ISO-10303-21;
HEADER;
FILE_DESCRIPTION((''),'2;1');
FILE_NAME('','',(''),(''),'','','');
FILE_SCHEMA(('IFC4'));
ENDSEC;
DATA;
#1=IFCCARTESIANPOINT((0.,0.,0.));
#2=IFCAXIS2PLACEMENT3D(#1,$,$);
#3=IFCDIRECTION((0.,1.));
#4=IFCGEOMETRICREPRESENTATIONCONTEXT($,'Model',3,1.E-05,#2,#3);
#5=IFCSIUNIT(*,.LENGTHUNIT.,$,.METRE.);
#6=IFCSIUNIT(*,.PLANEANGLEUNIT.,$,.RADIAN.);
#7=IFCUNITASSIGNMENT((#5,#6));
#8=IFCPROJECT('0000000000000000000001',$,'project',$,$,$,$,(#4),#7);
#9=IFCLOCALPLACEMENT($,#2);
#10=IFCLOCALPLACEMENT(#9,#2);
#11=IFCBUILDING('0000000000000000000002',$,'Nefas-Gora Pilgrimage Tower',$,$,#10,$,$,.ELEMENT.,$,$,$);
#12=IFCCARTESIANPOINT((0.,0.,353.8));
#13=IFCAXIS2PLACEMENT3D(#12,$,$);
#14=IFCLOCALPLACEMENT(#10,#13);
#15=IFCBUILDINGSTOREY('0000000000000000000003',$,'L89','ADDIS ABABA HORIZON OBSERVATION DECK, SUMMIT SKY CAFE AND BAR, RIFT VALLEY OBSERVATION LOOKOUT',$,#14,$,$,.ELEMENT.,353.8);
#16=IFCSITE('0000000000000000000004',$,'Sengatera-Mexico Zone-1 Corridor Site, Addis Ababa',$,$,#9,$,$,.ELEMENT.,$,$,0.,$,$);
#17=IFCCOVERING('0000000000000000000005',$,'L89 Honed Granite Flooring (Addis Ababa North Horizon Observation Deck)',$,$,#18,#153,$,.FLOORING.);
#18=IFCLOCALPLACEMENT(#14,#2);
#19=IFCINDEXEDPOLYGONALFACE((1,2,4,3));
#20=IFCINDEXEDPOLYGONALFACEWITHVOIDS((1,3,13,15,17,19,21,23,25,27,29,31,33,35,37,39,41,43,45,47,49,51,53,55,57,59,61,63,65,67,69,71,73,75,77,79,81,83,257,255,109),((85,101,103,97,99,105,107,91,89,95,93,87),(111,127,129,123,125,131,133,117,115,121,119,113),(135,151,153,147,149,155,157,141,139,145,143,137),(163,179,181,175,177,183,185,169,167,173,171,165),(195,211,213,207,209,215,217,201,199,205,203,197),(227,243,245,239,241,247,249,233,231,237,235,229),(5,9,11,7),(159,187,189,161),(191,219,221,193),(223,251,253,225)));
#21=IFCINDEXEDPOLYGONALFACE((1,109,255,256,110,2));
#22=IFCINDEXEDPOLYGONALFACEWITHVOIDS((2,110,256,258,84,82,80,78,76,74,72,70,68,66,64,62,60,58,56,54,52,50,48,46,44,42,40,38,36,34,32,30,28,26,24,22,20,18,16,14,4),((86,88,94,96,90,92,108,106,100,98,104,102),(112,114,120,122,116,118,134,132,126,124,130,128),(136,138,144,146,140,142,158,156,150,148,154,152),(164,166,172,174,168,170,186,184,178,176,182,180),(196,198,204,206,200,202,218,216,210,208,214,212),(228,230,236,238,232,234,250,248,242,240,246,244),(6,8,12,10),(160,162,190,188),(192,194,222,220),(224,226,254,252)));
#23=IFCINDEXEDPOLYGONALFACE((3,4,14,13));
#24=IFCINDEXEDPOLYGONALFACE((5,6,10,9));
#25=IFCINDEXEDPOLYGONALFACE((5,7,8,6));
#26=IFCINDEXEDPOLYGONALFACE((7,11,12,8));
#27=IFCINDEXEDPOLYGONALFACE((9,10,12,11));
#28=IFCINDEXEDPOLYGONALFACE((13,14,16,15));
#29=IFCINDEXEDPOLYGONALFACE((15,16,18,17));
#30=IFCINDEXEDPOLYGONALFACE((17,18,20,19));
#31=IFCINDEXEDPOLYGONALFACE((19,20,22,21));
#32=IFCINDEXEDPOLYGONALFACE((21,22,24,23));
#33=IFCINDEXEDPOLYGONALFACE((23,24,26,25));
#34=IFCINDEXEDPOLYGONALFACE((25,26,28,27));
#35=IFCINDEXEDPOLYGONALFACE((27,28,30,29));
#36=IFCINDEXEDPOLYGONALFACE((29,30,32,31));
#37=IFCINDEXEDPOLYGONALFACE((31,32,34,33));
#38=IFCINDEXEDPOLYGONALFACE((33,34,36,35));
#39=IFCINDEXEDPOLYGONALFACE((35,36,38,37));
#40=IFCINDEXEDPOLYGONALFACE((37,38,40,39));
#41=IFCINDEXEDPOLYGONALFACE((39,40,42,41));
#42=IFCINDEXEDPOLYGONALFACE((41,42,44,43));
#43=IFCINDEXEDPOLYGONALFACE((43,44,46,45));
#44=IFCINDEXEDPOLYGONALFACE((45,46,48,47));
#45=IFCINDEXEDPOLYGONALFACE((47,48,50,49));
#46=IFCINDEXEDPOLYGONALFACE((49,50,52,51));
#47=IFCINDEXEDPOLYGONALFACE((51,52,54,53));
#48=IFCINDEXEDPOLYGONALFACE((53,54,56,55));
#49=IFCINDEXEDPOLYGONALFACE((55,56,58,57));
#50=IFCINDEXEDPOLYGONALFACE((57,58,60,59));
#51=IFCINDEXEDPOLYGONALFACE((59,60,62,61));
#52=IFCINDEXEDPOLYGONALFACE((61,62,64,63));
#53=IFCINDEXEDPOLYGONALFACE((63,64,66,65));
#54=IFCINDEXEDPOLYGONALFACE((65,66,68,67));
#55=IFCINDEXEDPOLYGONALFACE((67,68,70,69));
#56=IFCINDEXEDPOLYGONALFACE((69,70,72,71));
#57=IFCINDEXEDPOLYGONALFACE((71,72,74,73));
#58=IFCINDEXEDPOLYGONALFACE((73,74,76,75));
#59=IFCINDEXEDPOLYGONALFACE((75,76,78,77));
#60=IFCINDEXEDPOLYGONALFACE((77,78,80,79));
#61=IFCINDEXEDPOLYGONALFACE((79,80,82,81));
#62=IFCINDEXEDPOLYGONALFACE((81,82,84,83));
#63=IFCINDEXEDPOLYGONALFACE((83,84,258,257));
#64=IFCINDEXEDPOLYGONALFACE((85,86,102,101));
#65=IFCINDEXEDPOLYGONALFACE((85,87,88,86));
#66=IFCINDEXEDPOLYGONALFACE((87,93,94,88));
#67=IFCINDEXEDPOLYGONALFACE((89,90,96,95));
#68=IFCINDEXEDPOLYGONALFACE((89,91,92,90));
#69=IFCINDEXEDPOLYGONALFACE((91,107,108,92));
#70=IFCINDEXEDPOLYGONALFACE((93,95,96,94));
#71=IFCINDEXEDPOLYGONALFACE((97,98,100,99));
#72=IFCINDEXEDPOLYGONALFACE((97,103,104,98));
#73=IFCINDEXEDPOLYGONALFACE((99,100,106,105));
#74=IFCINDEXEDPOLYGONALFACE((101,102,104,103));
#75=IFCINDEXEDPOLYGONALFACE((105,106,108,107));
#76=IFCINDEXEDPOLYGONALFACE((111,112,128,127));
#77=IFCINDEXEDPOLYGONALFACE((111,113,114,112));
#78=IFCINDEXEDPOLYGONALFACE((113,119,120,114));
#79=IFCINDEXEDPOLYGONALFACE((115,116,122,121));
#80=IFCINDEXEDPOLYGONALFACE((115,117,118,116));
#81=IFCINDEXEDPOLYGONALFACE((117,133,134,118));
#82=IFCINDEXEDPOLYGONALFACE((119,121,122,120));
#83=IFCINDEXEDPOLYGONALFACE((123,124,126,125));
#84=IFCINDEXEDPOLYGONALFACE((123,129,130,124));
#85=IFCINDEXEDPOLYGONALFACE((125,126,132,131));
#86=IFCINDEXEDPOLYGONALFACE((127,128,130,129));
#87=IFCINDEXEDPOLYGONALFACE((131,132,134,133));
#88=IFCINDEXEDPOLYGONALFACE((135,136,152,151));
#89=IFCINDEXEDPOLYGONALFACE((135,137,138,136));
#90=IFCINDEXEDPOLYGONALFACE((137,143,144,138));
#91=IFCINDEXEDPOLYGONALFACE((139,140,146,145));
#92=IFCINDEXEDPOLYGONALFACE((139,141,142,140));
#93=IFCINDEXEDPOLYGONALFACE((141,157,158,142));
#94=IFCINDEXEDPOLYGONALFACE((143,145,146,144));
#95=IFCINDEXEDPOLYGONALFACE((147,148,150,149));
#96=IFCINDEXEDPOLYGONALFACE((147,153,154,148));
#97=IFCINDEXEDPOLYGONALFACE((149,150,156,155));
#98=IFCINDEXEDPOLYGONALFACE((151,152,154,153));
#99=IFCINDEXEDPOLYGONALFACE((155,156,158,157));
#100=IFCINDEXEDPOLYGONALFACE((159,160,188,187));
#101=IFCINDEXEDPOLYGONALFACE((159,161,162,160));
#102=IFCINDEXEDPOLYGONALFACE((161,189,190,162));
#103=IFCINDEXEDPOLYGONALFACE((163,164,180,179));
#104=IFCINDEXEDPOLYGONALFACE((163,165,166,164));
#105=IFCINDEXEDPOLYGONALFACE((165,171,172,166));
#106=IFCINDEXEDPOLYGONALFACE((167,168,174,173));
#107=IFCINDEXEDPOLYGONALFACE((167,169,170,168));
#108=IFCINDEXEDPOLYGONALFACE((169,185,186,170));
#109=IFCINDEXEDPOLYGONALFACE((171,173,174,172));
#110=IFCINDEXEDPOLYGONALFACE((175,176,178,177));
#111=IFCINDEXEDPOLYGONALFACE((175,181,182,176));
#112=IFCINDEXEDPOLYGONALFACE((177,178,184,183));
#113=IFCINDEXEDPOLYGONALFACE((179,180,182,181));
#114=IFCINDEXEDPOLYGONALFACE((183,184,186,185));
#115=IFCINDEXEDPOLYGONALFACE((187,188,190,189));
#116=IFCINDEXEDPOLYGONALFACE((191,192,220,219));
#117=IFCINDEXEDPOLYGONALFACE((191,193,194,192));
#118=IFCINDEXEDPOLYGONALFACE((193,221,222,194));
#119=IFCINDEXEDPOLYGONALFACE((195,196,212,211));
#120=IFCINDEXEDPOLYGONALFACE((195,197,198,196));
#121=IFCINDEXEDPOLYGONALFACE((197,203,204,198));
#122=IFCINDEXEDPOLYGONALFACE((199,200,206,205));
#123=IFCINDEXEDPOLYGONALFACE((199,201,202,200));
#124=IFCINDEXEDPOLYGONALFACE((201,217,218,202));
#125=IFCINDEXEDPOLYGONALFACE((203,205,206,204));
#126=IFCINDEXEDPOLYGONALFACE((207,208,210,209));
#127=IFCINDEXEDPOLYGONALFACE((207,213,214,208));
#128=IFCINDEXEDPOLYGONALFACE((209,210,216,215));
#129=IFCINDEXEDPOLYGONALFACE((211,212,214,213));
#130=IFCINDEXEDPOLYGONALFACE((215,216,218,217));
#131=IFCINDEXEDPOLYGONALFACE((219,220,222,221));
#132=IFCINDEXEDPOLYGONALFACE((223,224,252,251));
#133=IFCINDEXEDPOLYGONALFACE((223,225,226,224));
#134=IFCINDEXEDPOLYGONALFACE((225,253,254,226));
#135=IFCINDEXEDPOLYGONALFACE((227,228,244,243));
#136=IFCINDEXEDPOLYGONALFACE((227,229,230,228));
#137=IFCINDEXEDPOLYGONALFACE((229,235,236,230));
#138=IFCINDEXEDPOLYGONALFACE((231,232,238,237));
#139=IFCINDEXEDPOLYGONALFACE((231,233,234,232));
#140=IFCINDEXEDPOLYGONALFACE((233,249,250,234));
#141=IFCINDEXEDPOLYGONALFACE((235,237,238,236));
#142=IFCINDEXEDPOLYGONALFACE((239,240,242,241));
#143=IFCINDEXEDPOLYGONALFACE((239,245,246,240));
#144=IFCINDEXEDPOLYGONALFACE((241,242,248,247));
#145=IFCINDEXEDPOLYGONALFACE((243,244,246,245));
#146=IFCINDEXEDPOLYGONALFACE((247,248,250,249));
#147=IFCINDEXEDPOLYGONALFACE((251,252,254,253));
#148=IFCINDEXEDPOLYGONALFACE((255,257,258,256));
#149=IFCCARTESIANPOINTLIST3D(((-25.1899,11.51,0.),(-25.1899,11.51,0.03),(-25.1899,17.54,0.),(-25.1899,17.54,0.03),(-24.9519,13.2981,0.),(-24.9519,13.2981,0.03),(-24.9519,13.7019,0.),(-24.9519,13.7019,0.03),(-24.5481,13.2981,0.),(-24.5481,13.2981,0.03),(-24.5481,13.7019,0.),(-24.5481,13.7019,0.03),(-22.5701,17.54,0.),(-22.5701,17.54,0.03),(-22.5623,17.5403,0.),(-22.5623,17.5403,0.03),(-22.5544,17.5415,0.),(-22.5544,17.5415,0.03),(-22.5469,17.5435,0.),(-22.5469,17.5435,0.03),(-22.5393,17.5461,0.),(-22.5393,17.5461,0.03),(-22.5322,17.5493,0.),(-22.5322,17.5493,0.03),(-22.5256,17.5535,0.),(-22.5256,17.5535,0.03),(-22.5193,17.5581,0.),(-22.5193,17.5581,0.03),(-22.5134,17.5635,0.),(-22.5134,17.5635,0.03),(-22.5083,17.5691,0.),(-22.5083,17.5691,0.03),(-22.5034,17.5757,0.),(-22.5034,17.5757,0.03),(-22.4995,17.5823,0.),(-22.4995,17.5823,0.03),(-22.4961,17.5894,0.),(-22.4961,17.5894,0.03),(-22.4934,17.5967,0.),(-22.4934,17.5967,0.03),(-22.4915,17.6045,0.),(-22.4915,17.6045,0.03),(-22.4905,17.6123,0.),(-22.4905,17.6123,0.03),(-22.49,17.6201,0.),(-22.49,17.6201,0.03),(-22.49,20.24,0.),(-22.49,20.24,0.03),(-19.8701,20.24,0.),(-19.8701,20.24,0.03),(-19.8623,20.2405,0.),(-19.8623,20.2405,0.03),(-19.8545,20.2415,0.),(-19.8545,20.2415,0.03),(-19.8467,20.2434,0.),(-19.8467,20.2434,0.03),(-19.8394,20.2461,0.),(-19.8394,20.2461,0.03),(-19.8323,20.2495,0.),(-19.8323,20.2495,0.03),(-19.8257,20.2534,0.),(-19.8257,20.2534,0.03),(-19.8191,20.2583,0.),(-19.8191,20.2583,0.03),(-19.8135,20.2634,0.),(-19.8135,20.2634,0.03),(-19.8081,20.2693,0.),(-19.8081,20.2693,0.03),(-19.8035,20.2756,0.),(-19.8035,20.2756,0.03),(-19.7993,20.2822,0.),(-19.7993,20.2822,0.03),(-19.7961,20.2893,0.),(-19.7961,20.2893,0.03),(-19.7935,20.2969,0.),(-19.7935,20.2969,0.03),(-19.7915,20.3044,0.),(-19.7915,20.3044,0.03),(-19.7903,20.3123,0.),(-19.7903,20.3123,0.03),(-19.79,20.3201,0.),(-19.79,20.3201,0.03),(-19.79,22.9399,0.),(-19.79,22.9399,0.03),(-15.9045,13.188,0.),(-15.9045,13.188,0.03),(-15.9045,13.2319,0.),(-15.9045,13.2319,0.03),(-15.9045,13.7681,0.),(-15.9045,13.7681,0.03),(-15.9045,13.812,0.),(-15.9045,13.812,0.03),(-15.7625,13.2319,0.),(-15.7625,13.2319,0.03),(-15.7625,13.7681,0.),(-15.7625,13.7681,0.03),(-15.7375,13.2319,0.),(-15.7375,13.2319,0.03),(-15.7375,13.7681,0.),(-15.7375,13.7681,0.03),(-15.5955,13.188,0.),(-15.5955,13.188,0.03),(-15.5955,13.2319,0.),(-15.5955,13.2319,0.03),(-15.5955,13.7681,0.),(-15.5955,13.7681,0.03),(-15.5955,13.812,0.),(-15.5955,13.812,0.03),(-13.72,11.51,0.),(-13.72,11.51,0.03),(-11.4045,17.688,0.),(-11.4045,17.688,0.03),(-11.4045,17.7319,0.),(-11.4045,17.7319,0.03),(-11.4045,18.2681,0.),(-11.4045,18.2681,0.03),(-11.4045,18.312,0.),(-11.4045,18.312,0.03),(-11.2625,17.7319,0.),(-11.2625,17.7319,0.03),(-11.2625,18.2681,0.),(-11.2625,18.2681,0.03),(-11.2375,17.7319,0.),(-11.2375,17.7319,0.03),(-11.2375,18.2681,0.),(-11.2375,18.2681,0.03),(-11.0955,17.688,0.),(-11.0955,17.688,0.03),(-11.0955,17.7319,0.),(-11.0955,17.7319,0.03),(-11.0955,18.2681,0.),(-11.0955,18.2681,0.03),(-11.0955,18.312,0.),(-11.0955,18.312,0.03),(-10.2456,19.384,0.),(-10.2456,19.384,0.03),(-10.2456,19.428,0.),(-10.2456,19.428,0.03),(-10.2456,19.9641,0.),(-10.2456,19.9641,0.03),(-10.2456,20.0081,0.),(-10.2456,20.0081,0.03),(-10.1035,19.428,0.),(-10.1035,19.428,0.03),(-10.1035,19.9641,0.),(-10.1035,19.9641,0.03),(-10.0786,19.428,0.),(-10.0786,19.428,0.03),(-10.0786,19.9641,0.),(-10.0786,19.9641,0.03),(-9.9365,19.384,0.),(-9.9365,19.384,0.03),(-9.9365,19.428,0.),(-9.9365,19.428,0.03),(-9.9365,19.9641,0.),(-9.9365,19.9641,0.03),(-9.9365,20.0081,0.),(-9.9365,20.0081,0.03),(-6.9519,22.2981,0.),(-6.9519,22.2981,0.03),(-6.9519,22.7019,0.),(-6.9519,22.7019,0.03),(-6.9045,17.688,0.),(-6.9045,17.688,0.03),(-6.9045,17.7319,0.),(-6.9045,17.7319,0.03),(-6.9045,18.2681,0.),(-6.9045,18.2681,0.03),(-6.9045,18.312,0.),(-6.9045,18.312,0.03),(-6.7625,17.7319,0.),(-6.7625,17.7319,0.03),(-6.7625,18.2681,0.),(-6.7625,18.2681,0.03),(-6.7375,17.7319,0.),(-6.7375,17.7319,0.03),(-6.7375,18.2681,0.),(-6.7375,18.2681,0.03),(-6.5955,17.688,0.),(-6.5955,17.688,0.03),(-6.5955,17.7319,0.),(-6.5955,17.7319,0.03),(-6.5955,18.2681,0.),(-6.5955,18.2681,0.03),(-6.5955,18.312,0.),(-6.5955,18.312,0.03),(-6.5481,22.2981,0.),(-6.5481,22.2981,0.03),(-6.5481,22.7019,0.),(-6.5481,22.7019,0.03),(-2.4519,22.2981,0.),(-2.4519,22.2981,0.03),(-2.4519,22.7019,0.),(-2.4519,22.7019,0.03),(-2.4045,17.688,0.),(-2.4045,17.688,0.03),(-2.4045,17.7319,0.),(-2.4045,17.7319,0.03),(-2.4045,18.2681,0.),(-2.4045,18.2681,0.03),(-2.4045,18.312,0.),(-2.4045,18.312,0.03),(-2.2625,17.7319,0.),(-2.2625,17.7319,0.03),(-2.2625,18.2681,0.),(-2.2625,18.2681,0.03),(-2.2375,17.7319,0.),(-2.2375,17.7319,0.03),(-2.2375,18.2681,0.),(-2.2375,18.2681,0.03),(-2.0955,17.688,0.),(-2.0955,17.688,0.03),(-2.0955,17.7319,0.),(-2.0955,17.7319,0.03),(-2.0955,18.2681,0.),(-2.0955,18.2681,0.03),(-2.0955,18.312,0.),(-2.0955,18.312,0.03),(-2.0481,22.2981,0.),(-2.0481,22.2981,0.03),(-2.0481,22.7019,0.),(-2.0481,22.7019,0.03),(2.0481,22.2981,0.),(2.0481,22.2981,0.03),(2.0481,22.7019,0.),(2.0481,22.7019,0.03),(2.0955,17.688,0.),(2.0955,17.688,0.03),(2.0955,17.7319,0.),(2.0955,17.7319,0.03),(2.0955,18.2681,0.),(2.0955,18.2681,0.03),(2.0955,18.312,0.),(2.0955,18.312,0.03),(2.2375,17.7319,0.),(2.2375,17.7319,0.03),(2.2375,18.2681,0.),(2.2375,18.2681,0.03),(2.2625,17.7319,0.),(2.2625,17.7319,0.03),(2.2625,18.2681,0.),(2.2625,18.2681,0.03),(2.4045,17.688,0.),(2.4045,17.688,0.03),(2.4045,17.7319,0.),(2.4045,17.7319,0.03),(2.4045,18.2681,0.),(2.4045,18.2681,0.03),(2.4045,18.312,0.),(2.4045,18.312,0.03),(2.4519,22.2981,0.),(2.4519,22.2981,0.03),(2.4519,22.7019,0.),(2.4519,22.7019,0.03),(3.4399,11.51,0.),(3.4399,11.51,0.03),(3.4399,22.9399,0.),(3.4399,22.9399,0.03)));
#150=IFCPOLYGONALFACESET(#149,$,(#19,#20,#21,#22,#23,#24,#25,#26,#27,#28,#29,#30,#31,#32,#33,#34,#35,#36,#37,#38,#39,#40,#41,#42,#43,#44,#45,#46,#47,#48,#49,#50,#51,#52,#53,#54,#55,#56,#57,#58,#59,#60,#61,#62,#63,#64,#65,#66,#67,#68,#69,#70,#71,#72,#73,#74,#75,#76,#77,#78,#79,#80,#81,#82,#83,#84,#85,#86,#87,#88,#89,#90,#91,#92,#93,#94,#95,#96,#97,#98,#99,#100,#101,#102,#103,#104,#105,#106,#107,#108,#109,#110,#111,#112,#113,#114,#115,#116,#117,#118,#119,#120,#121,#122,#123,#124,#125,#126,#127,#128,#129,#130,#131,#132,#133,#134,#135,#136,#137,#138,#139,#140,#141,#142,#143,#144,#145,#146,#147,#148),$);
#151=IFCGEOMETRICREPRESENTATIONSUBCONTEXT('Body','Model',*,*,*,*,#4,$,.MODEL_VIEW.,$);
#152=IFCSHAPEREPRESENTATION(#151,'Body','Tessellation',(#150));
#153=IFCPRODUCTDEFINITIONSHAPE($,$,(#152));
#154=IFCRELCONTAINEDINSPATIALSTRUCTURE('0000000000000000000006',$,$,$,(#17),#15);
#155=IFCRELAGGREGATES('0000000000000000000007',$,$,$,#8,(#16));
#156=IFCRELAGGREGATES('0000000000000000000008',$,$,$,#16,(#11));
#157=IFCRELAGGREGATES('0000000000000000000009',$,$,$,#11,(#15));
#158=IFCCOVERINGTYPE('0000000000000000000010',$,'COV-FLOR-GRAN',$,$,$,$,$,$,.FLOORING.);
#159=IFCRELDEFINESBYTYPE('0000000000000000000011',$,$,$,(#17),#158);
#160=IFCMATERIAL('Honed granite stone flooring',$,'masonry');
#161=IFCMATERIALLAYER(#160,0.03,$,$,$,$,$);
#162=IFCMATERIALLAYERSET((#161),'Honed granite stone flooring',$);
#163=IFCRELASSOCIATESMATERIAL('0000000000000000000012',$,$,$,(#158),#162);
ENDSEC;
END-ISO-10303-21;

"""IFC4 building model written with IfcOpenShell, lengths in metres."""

from ifc_helpers import new_model, si_unit, direction, frame, origin, place, context, subcontext, project, spatial, polyline, outline, extrude, material, layer, layer_set, type_object, element, save


model = new_model("IFC4")

# Units and contexts
model_context = context("Model", 3, precision=1e-05, world=origin(), true_north=direction((0.0, 1.0)))
body_context = subcontext(model_context, "Body", "Model", "MODEL_VIEW")
ifc_project = project(units=[si_unit("LENGTHUNIT", "METRE"), si_unit("PLANEANGLEUNIT", "RADIAN")], contexts=[model_context])

# Site, building, storey
site_placement = place(None, origin())
site = spatial("IfcSite", under=ifc_project, at=site_placement, Name="Sengatera-Mexico Zone-1 Corridor Site, Addis Ababa", CompositionType="ELEMENT", RefElevation=0.0)
building_placement = place(site_placement, origin())
building = spatial("IfcBuilding", under=site, at=building_placement, Name="Nefas-Gora Pilgrimage Tower", CompositionType="ELEMENT")
storey_placement = place(building_placement, frame((0.0, 0.0, 353.8)))
storey = spatial("IfcBuildingStorey", under=building, at=storey_placement, Name="L89", Description="ADDIS ABABA HORIZON OBSERVATION DECK, SUMMIT SKY CAFE AND BAR, RIFT VALLEY OBSERVATION LOOKOUT", CompositionType="ELEMENT", Elevation=353.8)

# Covering
ifc_material_1 = material(Name="Honed granite stone flooring", Category="masonry")
ifc_layer_1 = layer(ifc_material_1, 0.03)
ifc_layer_set_1 = layer_set([ifc_layer_1], Name="Honed granite stone flooring")
covering_type_1 = type_object("IfcCoveringType", Name="COV-FLOR-GRAN", PredefinedType="FLOORING", material=ifc_layer_set_1)
covering_1_placement = place(storey_placement, origin())
element("IfcCovering", 1, at=covering_1_placement, inside=storey, type_object=covering_type_1, Name="L89 Honed Granite Flooring (Addis Ababa North Horizon Observation Deck)", PredefinedType="FLOORING", context=body_context, shape_type="SweptSolid", body=[
    extrude(outline(polyline([(-25.1899, 17.54), (-25.1899, 11.51), (-13.72, 11.51), (3.4399, 11.51), (3.4399, 22.9399), (-19.79, 22.9399), (-19.79, 20.3201), (-19.7903, 20.3123), (-19.7915, 20.3044), (-19.7935, 20.2969), (-19.7961, 20.2893), (-19.7993, 20.2822), (-19.8035, 20.2756), (-19.8081, 20.2693), (-19.8135, 20.2634), (-19.8191, 20.2583), (-19.8257, 20.2534), (-19.8323, 20.2495), (-19.8394, 20.2461), (-19.8467, 20.2434), (-19.8545, 20.2415), (-19.8623, 20.2405), (-19.8701, 20.24), (-22.49, 20.24), (-22.49, 17.6201), (-22.4905, 17.6123), (-22.4915, 17.6045), (-22.4934, 17.5967), (-22.4961, 17.5894), (-22.4995, 17.5823), (-22.5034, 17.5757), (-22.5083, 17.5691), (-22.5134, 17.5635), (-22.5193, 17.5581), (-22.5256, 17.5535), (-22.5322, 17.5493), (-22.5393, 17.5461), (-22.5469, 17.5435), (-22.5544, 17.5415), (-22.5623, 17.5403), (-22.5701, 17.54), (-25.1899, 17.54)]), holes=[polyline([(2.4519, 22.7019), (2.4519, 22.2981), (2.0481, 22.2981), (2.0481, 22.7019), (2.4519, 22.7019)]), polyline([(2.4045, 18.312), (2.4045, 18.2681), (2.2625, 18.2681), (2.2625, 17.7319), (2.4045, 17.7319), (2.4045, 17.688), (2.0955, 17.688), (2.0955, 17.7319), (2.2375, 17.7319), (2.2375, 18.2681), (2.0955, 18.2681), (2.0955, 18.312), (2.4045, 18.312)]), polyline([(-2.0481, 22.7019), (-2.0481, 22.2981), (-2.4519, 22.2981), (-2.4519, 22.7019), (-2.0481, 22.7019)]), polyline([(-2.4045, 18.312), (-2.0955, 18.312), (-2.0955, 18.2681), (-2.2375, 18.2681), (-2.2375, 17.7319), (-2.0955, 17.7319), (-2.0955, 17.688), (-2.4045, 17.688), (-2.4045, 17.7319), (-2.2625, 17.7319), (-2.2625, 18.2681), (-2.4045, 18.2681), (-2.4045, 18.312)]), polyline([(-6.5481, 22.7019), (-6.5481, 22.2981), (-6.9519, 22.2981), (-6.9519, 22.7019), (-6.5481, 22.7019)]), polyline([(-6.5955, 18.312), (-6.5955, 18.2681), (-6.7375, 18.2681), (-6.7375, 17.7319), (-6.5955, 17.7319), (-6.5955, 17.688), (-6.9045, 17.688), (-6.9045, 17.7319), (-6.7625, 17.7319), (-6.7625, 18.2681), (-6.9045, 18.2681), (-6.9045, 18.312), (-6.5955, 18.312)]), polyline([(-10.2456, 20.0081), (-9.9365, 20.0081), (-9.9365, 19.9641), (-10.0786, 19.9641), (-10.0786, 19.428), (-9.9365, 19.428), (-9.9365, 19.384), (-10.2456, 19.384), (-10.2456, 19.428), (-10.1035, 19.428), (-10.1035, 19.9641), (-10.2456, 19.9641), (-10.2456, 20.0081)]), polyline([(-11.0955, 18.312), (-11.0955, 18.2681), (-11.2375, 18.2681), (-11.2375, 17.7319), (-11.0955, 17.7319), (-11.0955, 17.688), (-11.4045, 17.688), (-11.4045, 17.7319), (-11.2625, 17.7319), (-11.2625, 18.2681), (-11.4045, 18.2681), (-11.4045, 18.312), (-11.0955, 18.312)]), polyline([(-15.9045, 13.812), (-15.5955, 13.812), (-15.5955, 13.7681), (-15.7375, 13.7681), (-15.7375, 13.2319), (-15.5955, 13.2319), (-15.5955, 13.188), (-15.9045, 13.188), (-15.9045, 13.2319), (-15.7625, 13.2319), (-15.7625, 13.7681), (-15.9045, 13.7681), (-15.9045, 13.812)]), polyline([(-24.5481, 13.7019), (-24.5481, 13.2981), (-24.9519, 13.2981), (-24.9519, 13.7019), (-24.5481, 13.7019)])]), origin(), (0.0, 0.0, 1.0), 0.03),
])

save(model, "model.ifc")
